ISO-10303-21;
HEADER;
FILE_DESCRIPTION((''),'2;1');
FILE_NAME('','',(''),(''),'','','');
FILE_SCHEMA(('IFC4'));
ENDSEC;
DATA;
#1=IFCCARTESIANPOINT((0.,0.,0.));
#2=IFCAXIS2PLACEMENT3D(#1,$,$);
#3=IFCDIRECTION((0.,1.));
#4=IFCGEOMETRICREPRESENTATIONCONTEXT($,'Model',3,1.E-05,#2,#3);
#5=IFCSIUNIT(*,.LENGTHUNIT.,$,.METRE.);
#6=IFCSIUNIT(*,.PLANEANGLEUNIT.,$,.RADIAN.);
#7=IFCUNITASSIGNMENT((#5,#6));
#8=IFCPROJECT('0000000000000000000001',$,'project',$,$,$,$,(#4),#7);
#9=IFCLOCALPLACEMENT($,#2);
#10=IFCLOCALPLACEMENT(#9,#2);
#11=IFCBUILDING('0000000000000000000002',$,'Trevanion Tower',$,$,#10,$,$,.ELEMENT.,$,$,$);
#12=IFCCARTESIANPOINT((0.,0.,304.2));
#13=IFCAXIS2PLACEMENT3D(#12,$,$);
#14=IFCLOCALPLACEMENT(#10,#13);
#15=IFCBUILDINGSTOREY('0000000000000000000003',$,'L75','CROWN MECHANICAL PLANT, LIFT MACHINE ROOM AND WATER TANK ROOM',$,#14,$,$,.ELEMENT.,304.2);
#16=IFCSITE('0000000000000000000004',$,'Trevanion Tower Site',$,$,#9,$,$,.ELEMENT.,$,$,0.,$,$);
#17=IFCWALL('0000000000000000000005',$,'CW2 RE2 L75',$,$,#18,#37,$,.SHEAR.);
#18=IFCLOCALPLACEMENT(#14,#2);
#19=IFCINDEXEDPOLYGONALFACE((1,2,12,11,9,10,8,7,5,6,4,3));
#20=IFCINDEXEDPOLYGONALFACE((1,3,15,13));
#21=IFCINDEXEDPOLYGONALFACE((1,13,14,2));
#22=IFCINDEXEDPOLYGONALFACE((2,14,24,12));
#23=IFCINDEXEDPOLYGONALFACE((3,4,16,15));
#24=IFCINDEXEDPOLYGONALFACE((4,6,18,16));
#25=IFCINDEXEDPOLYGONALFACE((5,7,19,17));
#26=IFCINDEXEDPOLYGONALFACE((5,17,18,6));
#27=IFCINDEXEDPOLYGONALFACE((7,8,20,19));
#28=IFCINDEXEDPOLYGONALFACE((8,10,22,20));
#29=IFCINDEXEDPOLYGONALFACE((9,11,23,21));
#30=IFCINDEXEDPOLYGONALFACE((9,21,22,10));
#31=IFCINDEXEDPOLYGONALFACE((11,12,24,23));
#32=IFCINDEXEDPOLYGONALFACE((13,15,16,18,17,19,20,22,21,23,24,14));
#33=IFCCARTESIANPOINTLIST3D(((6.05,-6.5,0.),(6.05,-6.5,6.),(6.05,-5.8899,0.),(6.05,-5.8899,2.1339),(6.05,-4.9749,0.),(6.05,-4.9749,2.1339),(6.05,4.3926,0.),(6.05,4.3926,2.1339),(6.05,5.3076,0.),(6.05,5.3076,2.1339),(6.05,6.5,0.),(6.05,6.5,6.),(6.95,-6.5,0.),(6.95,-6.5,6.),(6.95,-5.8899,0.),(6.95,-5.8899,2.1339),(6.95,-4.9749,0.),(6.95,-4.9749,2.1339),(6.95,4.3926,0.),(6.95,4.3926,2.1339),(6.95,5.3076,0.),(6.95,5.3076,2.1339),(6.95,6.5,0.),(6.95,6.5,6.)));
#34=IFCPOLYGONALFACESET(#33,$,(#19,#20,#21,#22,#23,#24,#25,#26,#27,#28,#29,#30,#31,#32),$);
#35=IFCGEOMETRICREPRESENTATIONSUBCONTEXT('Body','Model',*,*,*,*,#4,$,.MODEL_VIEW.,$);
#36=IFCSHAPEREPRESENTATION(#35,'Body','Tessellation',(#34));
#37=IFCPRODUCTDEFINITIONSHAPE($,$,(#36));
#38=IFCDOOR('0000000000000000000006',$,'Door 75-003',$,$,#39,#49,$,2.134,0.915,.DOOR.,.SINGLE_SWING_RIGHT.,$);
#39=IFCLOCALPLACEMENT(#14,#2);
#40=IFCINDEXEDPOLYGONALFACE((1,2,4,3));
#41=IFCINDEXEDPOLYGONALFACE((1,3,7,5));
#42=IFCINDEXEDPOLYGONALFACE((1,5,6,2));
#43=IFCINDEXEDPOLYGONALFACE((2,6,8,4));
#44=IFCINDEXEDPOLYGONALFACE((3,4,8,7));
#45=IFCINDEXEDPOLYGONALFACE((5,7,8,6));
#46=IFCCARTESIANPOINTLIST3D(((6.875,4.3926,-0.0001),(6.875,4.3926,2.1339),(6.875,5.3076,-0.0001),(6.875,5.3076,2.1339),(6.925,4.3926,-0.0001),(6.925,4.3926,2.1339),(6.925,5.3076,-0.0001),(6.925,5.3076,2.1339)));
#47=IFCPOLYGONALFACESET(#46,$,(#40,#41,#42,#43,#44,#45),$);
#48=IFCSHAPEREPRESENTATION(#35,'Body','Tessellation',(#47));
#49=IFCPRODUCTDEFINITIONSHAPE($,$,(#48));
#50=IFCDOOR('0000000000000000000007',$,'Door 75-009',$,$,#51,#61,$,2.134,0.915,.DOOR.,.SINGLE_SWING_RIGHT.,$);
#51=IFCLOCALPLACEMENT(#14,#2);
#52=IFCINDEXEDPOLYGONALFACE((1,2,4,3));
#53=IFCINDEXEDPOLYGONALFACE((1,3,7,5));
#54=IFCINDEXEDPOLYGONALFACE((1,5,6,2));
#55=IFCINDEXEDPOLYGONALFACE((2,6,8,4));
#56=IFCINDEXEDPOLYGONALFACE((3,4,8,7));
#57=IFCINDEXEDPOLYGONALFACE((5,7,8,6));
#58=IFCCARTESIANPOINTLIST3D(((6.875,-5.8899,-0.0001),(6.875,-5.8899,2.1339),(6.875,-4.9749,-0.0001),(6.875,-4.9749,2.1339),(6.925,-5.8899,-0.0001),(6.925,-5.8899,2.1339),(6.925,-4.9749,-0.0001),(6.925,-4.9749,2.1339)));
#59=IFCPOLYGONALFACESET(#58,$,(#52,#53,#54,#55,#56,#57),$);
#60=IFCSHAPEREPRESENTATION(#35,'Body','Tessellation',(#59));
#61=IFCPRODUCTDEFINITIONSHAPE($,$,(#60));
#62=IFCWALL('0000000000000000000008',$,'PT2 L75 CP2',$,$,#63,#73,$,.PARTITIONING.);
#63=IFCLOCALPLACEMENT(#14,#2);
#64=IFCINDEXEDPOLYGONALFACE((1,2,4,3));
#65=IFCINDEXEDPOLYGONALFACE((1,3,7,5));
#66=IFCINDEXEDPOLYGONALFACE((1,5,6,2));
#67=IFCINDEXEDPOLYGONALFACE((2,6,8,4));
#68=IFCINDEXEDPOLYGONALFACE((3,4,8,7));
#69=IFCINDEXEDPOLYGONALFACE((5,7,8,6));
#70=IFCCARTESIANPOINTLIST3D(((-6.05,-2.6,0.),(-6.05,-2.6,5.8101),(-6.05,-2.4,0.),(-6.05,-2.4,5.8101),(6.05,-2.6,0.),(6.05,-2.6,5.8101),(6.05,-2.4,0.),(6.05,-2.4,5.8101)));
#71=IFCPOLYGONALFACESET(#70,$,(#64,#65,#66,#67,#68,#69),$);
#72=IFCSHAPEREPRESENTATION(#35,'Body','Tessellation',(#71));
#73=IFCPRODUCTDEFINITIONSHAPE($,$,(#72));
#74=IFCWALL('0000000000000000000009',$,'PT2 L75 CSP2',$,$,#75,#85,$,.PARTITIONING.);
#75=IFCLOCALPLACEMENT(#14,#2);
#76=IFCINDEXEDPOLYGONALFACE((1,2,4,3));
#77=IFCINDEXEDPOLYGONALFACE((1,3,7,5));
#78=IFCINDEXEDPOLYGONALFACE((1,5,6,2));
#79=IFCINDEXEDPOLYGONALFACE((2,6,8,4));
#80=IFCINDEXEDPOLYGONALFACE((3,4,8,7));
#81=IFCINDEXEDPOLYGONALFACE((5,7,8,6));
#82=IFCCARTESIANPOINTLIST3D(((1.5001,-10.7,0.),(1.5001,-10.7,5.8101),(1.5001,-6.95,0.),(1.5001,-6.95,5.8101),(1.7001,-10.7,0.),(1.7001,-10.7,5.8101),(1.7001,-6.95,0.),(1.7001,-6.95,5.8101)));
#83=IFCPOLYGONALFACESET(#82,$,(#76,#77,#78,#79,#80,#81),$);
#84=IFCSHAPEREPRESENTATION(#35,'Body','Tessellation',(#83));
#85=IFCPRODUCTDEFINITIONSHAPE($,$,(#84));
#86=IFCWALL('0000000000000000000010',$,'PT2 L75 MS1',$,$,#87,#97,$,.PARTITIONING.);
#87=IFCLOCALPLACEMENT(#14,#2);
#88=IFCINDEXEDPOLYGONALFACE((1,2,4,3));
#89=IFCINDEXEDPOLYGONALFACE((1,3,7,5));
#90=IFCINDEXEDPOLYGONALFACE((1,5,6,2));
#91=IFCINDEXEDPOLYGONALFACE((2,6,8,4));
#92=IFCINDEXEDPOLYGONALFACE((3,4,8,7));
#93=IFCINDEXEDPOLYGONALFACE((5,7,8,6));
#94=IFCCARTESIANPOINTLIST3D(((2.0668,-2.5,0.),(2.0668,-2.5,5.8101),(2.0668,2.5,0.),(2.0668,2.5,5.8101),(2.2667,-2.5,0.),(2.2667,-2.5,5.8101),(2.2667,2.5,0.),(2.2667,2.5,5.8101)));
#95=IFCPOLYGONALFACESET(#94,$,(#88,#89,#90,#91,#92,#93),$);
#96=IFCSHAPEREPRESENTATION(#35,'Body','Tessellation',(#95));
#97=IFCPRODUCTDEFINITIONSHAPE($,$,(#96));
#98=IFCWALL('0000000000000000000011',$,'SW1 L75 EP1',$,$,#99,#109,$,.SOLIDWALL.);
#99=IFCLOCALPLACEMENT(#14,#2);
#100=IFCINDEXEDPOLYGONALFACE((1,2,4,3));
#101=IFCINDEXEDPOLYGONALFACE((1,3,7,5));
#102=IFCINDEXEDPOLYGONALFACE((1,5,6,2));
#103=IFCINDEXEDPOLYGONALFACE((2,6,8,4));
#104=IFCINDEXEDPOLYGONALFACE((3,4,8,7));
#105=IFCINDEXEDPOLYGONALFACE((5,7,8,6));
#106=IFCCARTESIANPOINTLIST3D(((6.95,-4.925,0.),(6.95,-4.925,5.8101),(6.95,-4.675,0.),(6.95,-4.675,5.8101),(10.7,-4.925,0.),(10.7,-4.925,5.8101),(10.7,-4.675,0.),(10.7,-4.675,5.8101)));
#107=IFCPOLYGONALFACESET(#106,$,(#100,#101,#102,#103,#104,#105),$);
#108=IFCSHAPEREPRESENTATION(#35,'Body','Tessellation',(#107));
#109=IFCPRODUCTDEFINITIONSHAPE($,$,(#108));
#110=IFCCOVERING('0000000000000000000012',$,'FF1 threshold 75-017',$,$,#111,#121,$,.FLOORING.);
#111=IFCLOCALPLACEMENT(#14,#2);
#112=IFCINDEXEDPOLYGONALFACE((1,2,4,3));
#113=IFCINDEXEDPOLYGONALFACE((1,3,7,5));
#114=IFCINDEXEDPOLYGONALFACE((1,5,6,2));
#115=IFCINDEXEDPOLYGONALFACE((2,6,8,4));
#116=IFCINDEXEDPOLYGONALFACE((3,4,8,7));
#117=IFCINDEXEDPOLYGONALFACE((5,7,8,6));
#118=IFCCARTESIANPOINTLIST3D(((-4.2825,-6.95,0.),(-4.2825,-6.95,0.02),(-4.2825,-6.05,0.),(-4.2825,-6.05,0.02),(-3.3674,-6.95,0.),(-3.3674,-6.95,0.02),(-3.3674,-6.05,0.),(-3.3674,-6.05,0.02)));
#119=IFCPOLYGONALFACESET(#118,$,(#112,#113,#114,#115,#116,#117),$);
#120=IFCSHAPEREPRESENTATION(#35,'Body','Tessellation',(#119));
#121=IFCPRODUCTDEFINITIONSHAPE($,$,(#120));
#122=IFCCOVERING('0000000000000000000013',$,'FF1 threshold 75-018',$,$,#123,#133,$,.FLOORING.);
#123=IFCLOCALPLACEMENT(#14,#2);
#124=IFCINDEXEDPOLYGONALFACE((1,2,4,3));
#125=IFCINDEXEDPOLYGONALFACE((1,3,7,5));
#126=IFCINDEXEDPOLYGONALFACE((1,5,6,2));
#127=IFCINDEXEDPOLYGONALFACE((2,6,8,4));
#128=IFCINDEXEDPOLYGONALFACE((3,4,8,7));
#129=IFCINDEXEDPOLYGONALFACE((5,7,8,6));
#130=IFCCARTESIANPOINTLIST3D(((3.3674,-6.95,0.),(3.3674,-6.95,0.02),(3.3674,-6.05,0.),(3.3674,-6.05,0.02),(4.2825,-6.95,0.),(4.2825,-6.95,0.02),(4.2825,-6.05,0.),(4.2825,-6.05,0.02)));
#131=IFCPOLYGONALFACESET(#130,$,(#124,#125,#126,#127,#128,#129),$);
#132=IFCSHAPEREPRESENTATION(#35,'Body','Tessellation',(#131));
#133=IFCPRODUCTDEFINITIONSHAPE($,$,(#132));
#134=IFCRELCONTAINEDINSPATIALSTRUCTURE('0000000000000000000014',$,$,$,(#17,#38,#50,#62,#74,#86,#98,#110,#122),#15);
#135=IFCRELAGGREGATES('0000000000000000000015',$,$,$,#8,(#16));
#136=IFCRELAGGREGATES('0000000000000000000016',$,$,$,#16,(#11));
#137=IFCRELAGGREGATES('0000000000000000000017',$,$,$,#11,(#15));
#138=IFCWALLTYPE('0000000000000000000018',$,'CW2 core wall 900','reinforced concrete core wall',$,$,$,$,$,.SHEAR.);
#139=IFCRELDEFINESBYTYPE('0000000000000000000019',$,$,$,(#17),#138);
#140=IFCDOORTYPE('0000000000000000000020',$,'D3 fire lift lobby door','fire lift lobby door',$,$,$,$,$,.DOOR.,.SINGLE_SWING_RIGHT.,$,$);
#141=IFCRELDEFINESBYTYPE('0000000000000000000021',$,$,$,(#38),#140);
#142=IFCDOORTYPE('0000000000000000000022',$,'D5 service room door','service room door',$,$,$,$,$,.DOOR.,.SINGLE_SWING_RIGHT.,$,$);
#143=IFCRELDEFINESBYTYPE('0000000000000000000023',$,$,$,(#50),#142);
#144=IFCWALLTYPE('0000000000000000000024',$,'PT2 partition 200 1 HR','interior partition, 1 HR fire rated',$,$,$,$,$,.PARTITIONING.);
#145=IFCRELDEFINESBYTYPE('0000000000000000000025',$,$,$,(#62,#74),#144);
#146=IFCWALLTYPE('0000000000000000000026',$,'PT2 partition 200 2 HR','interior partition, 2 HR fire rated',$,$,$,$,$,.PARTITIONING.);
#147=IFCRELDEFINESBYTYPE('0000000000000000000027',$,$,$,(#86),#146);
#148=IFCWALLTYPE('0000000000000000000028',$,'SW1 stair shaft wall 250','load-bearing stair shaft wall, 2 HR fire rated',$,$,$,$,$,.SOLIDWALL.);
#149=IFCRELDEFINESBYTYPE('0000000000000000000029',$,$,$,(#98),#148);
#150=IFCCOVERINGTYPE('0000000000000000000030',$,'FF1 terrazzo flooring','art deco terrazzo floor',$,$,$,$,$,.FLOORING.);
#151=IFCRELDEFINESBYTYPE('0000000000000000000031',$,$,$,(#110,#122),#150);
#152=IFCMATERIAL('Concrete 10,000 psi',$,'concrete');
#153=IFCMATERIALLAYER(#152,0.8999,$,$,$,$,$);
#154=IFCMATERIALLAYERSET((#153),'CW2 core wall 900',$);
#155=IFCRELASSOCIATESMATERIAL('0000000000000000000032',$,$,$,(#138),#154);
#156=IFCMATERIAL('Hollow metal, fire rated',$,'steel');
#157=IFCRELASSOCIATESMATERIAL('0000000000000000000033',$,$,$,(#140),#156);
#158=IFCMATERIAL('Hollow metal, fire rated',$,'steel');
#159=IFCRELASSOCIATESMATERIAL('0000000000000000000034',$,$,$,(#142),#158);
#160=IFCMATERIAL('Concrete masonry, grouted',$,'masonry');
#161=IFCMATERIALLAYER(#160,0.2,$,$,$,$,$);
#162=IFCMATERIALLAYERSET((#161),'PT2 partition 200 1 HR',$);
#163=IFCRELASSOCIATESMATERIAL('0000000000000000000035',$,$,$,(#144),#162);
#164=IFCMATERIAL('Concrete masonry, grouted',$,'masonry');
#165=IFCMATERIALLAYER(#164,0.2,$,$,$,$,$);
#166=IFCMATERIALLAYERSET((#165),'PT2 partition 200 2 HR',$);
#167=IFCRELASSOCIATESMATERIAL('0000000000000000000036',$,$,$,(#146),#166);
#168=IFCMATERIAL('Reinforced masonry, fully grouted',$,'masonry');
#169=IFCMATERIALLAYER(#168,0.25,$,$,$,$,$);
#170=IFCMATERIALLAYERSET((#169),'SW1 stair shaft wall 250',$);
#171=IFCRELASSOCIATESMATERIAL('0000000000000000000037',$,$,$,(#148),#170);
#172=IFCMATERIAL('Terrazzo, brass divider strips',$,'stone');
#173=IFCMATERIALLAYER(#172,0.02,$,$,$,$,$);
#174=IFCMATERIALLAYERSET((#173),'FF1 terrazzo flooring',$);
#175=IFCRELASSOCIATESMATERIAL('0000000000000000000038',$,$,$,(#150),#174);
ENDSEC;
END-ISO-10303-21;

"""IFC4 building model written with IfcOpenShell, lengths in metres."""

from ifc_helpers import new_model, si_unit, direction, frame, frame_2d, origin, place, context, subcontext, project, spatial, polyline, rectangle, outline, extrude, material, layer, layer_set, type_object, element, fill, save


model = new_model("IFC4")

# Units and contexts
model_context = context("Model", 3, precision=1e-05, world=origin(), true_north=direction((0.0, 1.0)))
body_context = subcontext(model_context, "Body", "Model", "MODEL_VIEW")
ifc_project = project(units=[si_unit("LENGTHUNIT", "METRE"), si_unit("PLANEANGLEUNIT", "RADIAN")], contexts=[model_context])

# Site, building, storey
site_placement = place(None, origin())
site = spatial("IfcSite", under=ifc_project, at=site_placement, Name="Trevanion Tower Site", CompositionType="ELEMENT", RefElevation=0.0)
building_placement = place(site_placement, origin())
building = spatial("IfcBuilding", under=site, at=building_placement, Name="Trevanion Tower", CompositionType="ELEMENT")
storey_placement = place(building_placement, frame((0.0, 0.0, 304.2)))
storey = spatial("IfcBuildingStorey", under=building, at=storey_placement, Name="L75", Description="CROWN MECHANICAL PLANT, LIFT MACHINE ROOM AND WATER TANK ROOM", CompositionType="ELEMENT", Elevation=304.2)

# Shared definitions
ifc_material_1 = material(Name="Concrete 10,000 psi", Category="concrete")
ifc_layer_1 = layer(ifc_material_1, 0.8999)
ifc_layer_set_1 = layer_set([ifc_layer_1], Name="CW2 core wall 900")
wall_type_1 = type_object("IfcWallType", Name="CW2 core wall 900", Description="reinforced concrete core wall", PredefinedType="SHEAR", material=ifc_layer_set_1)

# Wall, openings, doors
wall_1_placement = place(storey_placement, frame((6.5, -6.5, 0.0), z_axis=(0.0, 0.0, 1.0), x_axis=(0.0, 1.0, 0.0)))
wall_1 = element("IfcWall", 1, at=wall_1_placement, inside=storey, type_object=wall_type_1, Name="CW2 RE2 L75", PredefinedType="SHEAR", context=body_context, shape_type="SweptSolid", body=[
    extrude(rectangle(XDim=13.0, YDim=0.8999, at=frame_2d((6.5, 0.0))), origin(), (0.0, 0.0, 1.0), 6.0),
])
opening_1_placement = place(wall_1_placement, frame((10.8926, 0.0, 0.0)))
opening_1 = element("IfcOpeningElement", 2, at=opening_1_placement, cuts=wall_1, PredefinedType="OPENING", context=body_context, shape_type="SweptSolid", body=[
    extrude(rectangle(XDim=0.915, YDim=2.134, at=frame_2d((0.4575, 1.0669))), frame((0.0, 0.46, 0.0), z_axis=(0.0, -1.0, 0.0), x_axis=(1.0, 0.0, 0.0)), (0.0, 0.0, 1.0), 0.9199),
])
opening_2_placement = place(wall_1_placement, frame((0.6101, 0.0, 0.0)))
opening_2 = element("IfcOpeningElement", 3, at=opening_2_placement, cuts=wall_1, PredefinedType="OPENING", context=body_context, shape_type="SweptSolid", body=[
    extrude(rectangle(XDim=0.915, YDim=2.134, at=frame_2d((0.4575, 1.0669))), frame((0.0, 0.46, 0.0), z_axis=(0.0, -1.0, 0.0), x_axis=(1.0, 0.0, 0.0)), (0.0, 0.0, 1.0), 0.9199),
])
ifc_material_2 = material(Name="Hollow metal, fire rated", Category="steel")
door_type_1 = type_object("IfcDoorType", Name="D3 fire lift lobby door", Description="fire lift lobby door", OperationType="SINGLE_SWING_RIGHT", PredefinedType="DOOR", material=ifc_material_2)
door_1_placement = place(opening_1_placement, origin())
door_1 = element("IfcDoor", 4, at=door_1_placement, inside=storey, type_object=door_type_1, Name="Door 75-003", OperationType="SINGLE_SWING_RIGHT", OverallHeight=2.134, OverallWidth=0.915, PredefinedType="DOOR", context=body_context, shape_type="SweptSolid", body=[
    extrude(rectangle(XDim=0.915, YDim=2.134, at=frame_2d((0.4575, 1.0669))), frame((0.0, -0.375, 0.0), z_axis=(0.0, -1.0, 0.0), x_axis=(1.0, 0.0, 0.0)), (0.0, 0.0, 1.0), 0.05),
])
fill(opening_1, door_1)
ifc_material_3 = material(Name="Hollow metal, fire rated", Category="steel")
door_type_2 = type_object("IfcDoorType", Name="D5 service room door", Description="service room door", OperationType="SINGLE_SWING_RIGHT", PredefinedType="DOOR", material=ifc_material_3)
door_2_placement = place(opening_2_placement, origin())
door_2 = element("IfcDoor", 5, at=door_2_placement, inside=storey, type_object=door_type_2, Name="Door 75-009", OperationType="SINGLE_SWING_RIGHT", OverallHeight=2.134, OverallWidth=0.915, PredefinedType="DOOR", context=body_context, shape_type="SweptSolid", body=[
    extrude(rectangle(XDim=0.915, YDim=2.134, at=frame_2d((0.4575, 1.0669))), frame((0.0, -0.375, 0.0), z_axis=(0.0, -1.0, 0.0), x_axis=(1.0, 0.0, 0.0)), (0.0, 0.0, 1.0), 0.05),
])
fill(opening_2, door_2)

# Walls
ifc_material_4 = material(Name="Concrete masonry, grouted", Category="masonry")
ifc_layer_2 = layer(ifc_material_4, 0.2)
ifc_layer_set_2 = layer_set([ifc_layer_2], Name="PT2 partition 200 1 HR")
wall_type_2 = type_object("IfcWallType", Name="PT2 partition 200 1 HR", Description="interior partition, 1 HR fire rated", PredefinedType="PARTITIONING", material=ifc_layer_set_2)
wall_2_placement = place(storey_placement, frame((6.05, -2.5, 0.0), z_axis=(0.0, 0.0, 1.0), x_axis=(-1.0, 0.0, 0.0)))
element("IfcWall", 6, at=wall_2_placement, inside=storey, type_object=wall_type_2, Name="PT2 L75 CP2", PredefinedType="PARTITIONING", context=body_context, shape_type="SweptSolid", body=[
    extrude(rectangle(XDim=12.1001, YDim=0.2, at=frame_2d((6.05, 0.0))), origin(), (0.0, 0.0, 1.0), 5.8101),
])
wall_3_placement = place(storey_placement, frame((1.6001, -6.95, 0.0), z_axis=(0.0, 0.0, 1.0), x_axis=(0.0, -1.0, 0.0)))
element("IfcWall", 7, at=wall_3_placement, inside=storey, type_object=wall_type_2, Name="PT2 L75 CSP2", PredefinedType="PARTITIONING", context=body_context, shape_type="SweptSolid", body=[
    extrude(rectangle(XDim=3.75, YDim=0.2, at=frame_2d((1.875, 0.0))), origin(), (0.0, 0.0, 1.0), 5.8101),
])
ifc_material_5 = material(Name="Concrete masonry, grouted", Category="masonry")
ifc_layer_3 = layer(ifc_material_5, 0.2)
ifc_layer_set_3 = layer_set([ifc_layer_3], Name="PT2 partition 200 2 HR")
wall_type_3 = type_object("IfcWallType", Name="PT2 partition 200 2 HR", Description="interior partition, 2 HR fire rated", PredefinedType="PARTITIONING", material=ifc_layer_set_3)
wall_4_placement = place(storey_placement, frame((2.1667, -2.5, 0.0), z_axis=(0.0, 0.0, 1.0), x_axis=(0.0, 1.0, 0.0)))
element("IfcWall", 8, at=wall_4_placement, inside=storey, type_object=wall_type_3, Name="PT2 L75 MS1", PredefinedType="PARTITIONING", context=body_context, shape_type="SweptSolid", body=[
    extrude(rectangle(XDim=5.0, YDim=0.2, at=frame_2d((2.5, 0.0))), origin(), (0.0, 0.0, 1.0), 5.8101),
])
ifc_material_6 = material(Name="Reinforced masonry, fully grouted", Category="masonry")
ifc_layer_4 = layer(ifc_material_6, 0.25)
ifc_layer_set_4 = layer_set([ifc_layer_4], Name="SW1 stair shaft wall 250")
wall_type_4 = type_object("IfcWallType", Name="SW1 stair shaft wall 250", Description="load-bearing stair shaft wall, 2 HR fire rated", PredefinedType="SOLIDWALL", material=ifc_layer_set_4)
wall_5_placement = place(storey_placement, frame((6.95, -4.8, 0.0), z_axis=(0.0, 0.0, 1.0), x_axis=(1.0, 0.0, 0.0)))
element("IfcWall", 9, at=wall_5_placement, inside=storey, type_object=wall_type_4, Name="SW1 L75 EP1", PredefinedType="SOLIDWALL", context=body_context, shape_type="SweptSolid", body=[
    extrude(rectangle(XDim=3.75, YDim=0.25, at=frame_2d((1.875, 0.0))), origin(), (0.0, 0.0, 1.0), 5.8101),
])

# Coverings
ifc_material_7 = material(Name="Terrazzo, brass divider strips", Category="stone")
ifc_layer_5 = layer(ifc_material_7, 0.02)
ifc_layer_set_5 = layer_set([ifc_layer_5], Name="FF1 terrazzo flooring")
covering_type = type_object("IfcCoveringType", Name="FF1 terrazzo flooring", Description="art deco terrazzo floor", PredefinedType="FLOORING", material=ifc_layer_set_5)
covering_1_placement = place(storey_placement, origin())
element("IfcCovering", 10, at=covering_1_placement, inside=storey, type_object=covering_type, Name="FF1 threshold 75-017", PredefinedType="FLOORING", context=body_context, shape_type="SweptSolid", body=[
    extrude(outline(polyline([(-4.2825, -6.95), (-3.3674, -6.95), (-3.3674, -6.05), (-4.2825, -6.05), (-4.2825, -6.95)])), origin(), (0.0, 0.0, 1.0), 0.02),
])
covering_2_placement = place(storey_placement, origin())
element("IfcCovering", 11, at=covering_2_placement, inside=storey, type_object=covering_type, Name="FF1 threshold 75-018", PredefinedType="FLOORING", context=body_context, shape_type="SweptSolid", body=[
    extrude(outline(polyline([(3.3674, -6.95), (4.2825, -6.95), (4.2825, -6.05), (3.3674, -6.05), (3.3674, -6.95)])), origin(), (0.0, 0.0, 1.0), 0.02),
])

save(model, "model.ifc")
